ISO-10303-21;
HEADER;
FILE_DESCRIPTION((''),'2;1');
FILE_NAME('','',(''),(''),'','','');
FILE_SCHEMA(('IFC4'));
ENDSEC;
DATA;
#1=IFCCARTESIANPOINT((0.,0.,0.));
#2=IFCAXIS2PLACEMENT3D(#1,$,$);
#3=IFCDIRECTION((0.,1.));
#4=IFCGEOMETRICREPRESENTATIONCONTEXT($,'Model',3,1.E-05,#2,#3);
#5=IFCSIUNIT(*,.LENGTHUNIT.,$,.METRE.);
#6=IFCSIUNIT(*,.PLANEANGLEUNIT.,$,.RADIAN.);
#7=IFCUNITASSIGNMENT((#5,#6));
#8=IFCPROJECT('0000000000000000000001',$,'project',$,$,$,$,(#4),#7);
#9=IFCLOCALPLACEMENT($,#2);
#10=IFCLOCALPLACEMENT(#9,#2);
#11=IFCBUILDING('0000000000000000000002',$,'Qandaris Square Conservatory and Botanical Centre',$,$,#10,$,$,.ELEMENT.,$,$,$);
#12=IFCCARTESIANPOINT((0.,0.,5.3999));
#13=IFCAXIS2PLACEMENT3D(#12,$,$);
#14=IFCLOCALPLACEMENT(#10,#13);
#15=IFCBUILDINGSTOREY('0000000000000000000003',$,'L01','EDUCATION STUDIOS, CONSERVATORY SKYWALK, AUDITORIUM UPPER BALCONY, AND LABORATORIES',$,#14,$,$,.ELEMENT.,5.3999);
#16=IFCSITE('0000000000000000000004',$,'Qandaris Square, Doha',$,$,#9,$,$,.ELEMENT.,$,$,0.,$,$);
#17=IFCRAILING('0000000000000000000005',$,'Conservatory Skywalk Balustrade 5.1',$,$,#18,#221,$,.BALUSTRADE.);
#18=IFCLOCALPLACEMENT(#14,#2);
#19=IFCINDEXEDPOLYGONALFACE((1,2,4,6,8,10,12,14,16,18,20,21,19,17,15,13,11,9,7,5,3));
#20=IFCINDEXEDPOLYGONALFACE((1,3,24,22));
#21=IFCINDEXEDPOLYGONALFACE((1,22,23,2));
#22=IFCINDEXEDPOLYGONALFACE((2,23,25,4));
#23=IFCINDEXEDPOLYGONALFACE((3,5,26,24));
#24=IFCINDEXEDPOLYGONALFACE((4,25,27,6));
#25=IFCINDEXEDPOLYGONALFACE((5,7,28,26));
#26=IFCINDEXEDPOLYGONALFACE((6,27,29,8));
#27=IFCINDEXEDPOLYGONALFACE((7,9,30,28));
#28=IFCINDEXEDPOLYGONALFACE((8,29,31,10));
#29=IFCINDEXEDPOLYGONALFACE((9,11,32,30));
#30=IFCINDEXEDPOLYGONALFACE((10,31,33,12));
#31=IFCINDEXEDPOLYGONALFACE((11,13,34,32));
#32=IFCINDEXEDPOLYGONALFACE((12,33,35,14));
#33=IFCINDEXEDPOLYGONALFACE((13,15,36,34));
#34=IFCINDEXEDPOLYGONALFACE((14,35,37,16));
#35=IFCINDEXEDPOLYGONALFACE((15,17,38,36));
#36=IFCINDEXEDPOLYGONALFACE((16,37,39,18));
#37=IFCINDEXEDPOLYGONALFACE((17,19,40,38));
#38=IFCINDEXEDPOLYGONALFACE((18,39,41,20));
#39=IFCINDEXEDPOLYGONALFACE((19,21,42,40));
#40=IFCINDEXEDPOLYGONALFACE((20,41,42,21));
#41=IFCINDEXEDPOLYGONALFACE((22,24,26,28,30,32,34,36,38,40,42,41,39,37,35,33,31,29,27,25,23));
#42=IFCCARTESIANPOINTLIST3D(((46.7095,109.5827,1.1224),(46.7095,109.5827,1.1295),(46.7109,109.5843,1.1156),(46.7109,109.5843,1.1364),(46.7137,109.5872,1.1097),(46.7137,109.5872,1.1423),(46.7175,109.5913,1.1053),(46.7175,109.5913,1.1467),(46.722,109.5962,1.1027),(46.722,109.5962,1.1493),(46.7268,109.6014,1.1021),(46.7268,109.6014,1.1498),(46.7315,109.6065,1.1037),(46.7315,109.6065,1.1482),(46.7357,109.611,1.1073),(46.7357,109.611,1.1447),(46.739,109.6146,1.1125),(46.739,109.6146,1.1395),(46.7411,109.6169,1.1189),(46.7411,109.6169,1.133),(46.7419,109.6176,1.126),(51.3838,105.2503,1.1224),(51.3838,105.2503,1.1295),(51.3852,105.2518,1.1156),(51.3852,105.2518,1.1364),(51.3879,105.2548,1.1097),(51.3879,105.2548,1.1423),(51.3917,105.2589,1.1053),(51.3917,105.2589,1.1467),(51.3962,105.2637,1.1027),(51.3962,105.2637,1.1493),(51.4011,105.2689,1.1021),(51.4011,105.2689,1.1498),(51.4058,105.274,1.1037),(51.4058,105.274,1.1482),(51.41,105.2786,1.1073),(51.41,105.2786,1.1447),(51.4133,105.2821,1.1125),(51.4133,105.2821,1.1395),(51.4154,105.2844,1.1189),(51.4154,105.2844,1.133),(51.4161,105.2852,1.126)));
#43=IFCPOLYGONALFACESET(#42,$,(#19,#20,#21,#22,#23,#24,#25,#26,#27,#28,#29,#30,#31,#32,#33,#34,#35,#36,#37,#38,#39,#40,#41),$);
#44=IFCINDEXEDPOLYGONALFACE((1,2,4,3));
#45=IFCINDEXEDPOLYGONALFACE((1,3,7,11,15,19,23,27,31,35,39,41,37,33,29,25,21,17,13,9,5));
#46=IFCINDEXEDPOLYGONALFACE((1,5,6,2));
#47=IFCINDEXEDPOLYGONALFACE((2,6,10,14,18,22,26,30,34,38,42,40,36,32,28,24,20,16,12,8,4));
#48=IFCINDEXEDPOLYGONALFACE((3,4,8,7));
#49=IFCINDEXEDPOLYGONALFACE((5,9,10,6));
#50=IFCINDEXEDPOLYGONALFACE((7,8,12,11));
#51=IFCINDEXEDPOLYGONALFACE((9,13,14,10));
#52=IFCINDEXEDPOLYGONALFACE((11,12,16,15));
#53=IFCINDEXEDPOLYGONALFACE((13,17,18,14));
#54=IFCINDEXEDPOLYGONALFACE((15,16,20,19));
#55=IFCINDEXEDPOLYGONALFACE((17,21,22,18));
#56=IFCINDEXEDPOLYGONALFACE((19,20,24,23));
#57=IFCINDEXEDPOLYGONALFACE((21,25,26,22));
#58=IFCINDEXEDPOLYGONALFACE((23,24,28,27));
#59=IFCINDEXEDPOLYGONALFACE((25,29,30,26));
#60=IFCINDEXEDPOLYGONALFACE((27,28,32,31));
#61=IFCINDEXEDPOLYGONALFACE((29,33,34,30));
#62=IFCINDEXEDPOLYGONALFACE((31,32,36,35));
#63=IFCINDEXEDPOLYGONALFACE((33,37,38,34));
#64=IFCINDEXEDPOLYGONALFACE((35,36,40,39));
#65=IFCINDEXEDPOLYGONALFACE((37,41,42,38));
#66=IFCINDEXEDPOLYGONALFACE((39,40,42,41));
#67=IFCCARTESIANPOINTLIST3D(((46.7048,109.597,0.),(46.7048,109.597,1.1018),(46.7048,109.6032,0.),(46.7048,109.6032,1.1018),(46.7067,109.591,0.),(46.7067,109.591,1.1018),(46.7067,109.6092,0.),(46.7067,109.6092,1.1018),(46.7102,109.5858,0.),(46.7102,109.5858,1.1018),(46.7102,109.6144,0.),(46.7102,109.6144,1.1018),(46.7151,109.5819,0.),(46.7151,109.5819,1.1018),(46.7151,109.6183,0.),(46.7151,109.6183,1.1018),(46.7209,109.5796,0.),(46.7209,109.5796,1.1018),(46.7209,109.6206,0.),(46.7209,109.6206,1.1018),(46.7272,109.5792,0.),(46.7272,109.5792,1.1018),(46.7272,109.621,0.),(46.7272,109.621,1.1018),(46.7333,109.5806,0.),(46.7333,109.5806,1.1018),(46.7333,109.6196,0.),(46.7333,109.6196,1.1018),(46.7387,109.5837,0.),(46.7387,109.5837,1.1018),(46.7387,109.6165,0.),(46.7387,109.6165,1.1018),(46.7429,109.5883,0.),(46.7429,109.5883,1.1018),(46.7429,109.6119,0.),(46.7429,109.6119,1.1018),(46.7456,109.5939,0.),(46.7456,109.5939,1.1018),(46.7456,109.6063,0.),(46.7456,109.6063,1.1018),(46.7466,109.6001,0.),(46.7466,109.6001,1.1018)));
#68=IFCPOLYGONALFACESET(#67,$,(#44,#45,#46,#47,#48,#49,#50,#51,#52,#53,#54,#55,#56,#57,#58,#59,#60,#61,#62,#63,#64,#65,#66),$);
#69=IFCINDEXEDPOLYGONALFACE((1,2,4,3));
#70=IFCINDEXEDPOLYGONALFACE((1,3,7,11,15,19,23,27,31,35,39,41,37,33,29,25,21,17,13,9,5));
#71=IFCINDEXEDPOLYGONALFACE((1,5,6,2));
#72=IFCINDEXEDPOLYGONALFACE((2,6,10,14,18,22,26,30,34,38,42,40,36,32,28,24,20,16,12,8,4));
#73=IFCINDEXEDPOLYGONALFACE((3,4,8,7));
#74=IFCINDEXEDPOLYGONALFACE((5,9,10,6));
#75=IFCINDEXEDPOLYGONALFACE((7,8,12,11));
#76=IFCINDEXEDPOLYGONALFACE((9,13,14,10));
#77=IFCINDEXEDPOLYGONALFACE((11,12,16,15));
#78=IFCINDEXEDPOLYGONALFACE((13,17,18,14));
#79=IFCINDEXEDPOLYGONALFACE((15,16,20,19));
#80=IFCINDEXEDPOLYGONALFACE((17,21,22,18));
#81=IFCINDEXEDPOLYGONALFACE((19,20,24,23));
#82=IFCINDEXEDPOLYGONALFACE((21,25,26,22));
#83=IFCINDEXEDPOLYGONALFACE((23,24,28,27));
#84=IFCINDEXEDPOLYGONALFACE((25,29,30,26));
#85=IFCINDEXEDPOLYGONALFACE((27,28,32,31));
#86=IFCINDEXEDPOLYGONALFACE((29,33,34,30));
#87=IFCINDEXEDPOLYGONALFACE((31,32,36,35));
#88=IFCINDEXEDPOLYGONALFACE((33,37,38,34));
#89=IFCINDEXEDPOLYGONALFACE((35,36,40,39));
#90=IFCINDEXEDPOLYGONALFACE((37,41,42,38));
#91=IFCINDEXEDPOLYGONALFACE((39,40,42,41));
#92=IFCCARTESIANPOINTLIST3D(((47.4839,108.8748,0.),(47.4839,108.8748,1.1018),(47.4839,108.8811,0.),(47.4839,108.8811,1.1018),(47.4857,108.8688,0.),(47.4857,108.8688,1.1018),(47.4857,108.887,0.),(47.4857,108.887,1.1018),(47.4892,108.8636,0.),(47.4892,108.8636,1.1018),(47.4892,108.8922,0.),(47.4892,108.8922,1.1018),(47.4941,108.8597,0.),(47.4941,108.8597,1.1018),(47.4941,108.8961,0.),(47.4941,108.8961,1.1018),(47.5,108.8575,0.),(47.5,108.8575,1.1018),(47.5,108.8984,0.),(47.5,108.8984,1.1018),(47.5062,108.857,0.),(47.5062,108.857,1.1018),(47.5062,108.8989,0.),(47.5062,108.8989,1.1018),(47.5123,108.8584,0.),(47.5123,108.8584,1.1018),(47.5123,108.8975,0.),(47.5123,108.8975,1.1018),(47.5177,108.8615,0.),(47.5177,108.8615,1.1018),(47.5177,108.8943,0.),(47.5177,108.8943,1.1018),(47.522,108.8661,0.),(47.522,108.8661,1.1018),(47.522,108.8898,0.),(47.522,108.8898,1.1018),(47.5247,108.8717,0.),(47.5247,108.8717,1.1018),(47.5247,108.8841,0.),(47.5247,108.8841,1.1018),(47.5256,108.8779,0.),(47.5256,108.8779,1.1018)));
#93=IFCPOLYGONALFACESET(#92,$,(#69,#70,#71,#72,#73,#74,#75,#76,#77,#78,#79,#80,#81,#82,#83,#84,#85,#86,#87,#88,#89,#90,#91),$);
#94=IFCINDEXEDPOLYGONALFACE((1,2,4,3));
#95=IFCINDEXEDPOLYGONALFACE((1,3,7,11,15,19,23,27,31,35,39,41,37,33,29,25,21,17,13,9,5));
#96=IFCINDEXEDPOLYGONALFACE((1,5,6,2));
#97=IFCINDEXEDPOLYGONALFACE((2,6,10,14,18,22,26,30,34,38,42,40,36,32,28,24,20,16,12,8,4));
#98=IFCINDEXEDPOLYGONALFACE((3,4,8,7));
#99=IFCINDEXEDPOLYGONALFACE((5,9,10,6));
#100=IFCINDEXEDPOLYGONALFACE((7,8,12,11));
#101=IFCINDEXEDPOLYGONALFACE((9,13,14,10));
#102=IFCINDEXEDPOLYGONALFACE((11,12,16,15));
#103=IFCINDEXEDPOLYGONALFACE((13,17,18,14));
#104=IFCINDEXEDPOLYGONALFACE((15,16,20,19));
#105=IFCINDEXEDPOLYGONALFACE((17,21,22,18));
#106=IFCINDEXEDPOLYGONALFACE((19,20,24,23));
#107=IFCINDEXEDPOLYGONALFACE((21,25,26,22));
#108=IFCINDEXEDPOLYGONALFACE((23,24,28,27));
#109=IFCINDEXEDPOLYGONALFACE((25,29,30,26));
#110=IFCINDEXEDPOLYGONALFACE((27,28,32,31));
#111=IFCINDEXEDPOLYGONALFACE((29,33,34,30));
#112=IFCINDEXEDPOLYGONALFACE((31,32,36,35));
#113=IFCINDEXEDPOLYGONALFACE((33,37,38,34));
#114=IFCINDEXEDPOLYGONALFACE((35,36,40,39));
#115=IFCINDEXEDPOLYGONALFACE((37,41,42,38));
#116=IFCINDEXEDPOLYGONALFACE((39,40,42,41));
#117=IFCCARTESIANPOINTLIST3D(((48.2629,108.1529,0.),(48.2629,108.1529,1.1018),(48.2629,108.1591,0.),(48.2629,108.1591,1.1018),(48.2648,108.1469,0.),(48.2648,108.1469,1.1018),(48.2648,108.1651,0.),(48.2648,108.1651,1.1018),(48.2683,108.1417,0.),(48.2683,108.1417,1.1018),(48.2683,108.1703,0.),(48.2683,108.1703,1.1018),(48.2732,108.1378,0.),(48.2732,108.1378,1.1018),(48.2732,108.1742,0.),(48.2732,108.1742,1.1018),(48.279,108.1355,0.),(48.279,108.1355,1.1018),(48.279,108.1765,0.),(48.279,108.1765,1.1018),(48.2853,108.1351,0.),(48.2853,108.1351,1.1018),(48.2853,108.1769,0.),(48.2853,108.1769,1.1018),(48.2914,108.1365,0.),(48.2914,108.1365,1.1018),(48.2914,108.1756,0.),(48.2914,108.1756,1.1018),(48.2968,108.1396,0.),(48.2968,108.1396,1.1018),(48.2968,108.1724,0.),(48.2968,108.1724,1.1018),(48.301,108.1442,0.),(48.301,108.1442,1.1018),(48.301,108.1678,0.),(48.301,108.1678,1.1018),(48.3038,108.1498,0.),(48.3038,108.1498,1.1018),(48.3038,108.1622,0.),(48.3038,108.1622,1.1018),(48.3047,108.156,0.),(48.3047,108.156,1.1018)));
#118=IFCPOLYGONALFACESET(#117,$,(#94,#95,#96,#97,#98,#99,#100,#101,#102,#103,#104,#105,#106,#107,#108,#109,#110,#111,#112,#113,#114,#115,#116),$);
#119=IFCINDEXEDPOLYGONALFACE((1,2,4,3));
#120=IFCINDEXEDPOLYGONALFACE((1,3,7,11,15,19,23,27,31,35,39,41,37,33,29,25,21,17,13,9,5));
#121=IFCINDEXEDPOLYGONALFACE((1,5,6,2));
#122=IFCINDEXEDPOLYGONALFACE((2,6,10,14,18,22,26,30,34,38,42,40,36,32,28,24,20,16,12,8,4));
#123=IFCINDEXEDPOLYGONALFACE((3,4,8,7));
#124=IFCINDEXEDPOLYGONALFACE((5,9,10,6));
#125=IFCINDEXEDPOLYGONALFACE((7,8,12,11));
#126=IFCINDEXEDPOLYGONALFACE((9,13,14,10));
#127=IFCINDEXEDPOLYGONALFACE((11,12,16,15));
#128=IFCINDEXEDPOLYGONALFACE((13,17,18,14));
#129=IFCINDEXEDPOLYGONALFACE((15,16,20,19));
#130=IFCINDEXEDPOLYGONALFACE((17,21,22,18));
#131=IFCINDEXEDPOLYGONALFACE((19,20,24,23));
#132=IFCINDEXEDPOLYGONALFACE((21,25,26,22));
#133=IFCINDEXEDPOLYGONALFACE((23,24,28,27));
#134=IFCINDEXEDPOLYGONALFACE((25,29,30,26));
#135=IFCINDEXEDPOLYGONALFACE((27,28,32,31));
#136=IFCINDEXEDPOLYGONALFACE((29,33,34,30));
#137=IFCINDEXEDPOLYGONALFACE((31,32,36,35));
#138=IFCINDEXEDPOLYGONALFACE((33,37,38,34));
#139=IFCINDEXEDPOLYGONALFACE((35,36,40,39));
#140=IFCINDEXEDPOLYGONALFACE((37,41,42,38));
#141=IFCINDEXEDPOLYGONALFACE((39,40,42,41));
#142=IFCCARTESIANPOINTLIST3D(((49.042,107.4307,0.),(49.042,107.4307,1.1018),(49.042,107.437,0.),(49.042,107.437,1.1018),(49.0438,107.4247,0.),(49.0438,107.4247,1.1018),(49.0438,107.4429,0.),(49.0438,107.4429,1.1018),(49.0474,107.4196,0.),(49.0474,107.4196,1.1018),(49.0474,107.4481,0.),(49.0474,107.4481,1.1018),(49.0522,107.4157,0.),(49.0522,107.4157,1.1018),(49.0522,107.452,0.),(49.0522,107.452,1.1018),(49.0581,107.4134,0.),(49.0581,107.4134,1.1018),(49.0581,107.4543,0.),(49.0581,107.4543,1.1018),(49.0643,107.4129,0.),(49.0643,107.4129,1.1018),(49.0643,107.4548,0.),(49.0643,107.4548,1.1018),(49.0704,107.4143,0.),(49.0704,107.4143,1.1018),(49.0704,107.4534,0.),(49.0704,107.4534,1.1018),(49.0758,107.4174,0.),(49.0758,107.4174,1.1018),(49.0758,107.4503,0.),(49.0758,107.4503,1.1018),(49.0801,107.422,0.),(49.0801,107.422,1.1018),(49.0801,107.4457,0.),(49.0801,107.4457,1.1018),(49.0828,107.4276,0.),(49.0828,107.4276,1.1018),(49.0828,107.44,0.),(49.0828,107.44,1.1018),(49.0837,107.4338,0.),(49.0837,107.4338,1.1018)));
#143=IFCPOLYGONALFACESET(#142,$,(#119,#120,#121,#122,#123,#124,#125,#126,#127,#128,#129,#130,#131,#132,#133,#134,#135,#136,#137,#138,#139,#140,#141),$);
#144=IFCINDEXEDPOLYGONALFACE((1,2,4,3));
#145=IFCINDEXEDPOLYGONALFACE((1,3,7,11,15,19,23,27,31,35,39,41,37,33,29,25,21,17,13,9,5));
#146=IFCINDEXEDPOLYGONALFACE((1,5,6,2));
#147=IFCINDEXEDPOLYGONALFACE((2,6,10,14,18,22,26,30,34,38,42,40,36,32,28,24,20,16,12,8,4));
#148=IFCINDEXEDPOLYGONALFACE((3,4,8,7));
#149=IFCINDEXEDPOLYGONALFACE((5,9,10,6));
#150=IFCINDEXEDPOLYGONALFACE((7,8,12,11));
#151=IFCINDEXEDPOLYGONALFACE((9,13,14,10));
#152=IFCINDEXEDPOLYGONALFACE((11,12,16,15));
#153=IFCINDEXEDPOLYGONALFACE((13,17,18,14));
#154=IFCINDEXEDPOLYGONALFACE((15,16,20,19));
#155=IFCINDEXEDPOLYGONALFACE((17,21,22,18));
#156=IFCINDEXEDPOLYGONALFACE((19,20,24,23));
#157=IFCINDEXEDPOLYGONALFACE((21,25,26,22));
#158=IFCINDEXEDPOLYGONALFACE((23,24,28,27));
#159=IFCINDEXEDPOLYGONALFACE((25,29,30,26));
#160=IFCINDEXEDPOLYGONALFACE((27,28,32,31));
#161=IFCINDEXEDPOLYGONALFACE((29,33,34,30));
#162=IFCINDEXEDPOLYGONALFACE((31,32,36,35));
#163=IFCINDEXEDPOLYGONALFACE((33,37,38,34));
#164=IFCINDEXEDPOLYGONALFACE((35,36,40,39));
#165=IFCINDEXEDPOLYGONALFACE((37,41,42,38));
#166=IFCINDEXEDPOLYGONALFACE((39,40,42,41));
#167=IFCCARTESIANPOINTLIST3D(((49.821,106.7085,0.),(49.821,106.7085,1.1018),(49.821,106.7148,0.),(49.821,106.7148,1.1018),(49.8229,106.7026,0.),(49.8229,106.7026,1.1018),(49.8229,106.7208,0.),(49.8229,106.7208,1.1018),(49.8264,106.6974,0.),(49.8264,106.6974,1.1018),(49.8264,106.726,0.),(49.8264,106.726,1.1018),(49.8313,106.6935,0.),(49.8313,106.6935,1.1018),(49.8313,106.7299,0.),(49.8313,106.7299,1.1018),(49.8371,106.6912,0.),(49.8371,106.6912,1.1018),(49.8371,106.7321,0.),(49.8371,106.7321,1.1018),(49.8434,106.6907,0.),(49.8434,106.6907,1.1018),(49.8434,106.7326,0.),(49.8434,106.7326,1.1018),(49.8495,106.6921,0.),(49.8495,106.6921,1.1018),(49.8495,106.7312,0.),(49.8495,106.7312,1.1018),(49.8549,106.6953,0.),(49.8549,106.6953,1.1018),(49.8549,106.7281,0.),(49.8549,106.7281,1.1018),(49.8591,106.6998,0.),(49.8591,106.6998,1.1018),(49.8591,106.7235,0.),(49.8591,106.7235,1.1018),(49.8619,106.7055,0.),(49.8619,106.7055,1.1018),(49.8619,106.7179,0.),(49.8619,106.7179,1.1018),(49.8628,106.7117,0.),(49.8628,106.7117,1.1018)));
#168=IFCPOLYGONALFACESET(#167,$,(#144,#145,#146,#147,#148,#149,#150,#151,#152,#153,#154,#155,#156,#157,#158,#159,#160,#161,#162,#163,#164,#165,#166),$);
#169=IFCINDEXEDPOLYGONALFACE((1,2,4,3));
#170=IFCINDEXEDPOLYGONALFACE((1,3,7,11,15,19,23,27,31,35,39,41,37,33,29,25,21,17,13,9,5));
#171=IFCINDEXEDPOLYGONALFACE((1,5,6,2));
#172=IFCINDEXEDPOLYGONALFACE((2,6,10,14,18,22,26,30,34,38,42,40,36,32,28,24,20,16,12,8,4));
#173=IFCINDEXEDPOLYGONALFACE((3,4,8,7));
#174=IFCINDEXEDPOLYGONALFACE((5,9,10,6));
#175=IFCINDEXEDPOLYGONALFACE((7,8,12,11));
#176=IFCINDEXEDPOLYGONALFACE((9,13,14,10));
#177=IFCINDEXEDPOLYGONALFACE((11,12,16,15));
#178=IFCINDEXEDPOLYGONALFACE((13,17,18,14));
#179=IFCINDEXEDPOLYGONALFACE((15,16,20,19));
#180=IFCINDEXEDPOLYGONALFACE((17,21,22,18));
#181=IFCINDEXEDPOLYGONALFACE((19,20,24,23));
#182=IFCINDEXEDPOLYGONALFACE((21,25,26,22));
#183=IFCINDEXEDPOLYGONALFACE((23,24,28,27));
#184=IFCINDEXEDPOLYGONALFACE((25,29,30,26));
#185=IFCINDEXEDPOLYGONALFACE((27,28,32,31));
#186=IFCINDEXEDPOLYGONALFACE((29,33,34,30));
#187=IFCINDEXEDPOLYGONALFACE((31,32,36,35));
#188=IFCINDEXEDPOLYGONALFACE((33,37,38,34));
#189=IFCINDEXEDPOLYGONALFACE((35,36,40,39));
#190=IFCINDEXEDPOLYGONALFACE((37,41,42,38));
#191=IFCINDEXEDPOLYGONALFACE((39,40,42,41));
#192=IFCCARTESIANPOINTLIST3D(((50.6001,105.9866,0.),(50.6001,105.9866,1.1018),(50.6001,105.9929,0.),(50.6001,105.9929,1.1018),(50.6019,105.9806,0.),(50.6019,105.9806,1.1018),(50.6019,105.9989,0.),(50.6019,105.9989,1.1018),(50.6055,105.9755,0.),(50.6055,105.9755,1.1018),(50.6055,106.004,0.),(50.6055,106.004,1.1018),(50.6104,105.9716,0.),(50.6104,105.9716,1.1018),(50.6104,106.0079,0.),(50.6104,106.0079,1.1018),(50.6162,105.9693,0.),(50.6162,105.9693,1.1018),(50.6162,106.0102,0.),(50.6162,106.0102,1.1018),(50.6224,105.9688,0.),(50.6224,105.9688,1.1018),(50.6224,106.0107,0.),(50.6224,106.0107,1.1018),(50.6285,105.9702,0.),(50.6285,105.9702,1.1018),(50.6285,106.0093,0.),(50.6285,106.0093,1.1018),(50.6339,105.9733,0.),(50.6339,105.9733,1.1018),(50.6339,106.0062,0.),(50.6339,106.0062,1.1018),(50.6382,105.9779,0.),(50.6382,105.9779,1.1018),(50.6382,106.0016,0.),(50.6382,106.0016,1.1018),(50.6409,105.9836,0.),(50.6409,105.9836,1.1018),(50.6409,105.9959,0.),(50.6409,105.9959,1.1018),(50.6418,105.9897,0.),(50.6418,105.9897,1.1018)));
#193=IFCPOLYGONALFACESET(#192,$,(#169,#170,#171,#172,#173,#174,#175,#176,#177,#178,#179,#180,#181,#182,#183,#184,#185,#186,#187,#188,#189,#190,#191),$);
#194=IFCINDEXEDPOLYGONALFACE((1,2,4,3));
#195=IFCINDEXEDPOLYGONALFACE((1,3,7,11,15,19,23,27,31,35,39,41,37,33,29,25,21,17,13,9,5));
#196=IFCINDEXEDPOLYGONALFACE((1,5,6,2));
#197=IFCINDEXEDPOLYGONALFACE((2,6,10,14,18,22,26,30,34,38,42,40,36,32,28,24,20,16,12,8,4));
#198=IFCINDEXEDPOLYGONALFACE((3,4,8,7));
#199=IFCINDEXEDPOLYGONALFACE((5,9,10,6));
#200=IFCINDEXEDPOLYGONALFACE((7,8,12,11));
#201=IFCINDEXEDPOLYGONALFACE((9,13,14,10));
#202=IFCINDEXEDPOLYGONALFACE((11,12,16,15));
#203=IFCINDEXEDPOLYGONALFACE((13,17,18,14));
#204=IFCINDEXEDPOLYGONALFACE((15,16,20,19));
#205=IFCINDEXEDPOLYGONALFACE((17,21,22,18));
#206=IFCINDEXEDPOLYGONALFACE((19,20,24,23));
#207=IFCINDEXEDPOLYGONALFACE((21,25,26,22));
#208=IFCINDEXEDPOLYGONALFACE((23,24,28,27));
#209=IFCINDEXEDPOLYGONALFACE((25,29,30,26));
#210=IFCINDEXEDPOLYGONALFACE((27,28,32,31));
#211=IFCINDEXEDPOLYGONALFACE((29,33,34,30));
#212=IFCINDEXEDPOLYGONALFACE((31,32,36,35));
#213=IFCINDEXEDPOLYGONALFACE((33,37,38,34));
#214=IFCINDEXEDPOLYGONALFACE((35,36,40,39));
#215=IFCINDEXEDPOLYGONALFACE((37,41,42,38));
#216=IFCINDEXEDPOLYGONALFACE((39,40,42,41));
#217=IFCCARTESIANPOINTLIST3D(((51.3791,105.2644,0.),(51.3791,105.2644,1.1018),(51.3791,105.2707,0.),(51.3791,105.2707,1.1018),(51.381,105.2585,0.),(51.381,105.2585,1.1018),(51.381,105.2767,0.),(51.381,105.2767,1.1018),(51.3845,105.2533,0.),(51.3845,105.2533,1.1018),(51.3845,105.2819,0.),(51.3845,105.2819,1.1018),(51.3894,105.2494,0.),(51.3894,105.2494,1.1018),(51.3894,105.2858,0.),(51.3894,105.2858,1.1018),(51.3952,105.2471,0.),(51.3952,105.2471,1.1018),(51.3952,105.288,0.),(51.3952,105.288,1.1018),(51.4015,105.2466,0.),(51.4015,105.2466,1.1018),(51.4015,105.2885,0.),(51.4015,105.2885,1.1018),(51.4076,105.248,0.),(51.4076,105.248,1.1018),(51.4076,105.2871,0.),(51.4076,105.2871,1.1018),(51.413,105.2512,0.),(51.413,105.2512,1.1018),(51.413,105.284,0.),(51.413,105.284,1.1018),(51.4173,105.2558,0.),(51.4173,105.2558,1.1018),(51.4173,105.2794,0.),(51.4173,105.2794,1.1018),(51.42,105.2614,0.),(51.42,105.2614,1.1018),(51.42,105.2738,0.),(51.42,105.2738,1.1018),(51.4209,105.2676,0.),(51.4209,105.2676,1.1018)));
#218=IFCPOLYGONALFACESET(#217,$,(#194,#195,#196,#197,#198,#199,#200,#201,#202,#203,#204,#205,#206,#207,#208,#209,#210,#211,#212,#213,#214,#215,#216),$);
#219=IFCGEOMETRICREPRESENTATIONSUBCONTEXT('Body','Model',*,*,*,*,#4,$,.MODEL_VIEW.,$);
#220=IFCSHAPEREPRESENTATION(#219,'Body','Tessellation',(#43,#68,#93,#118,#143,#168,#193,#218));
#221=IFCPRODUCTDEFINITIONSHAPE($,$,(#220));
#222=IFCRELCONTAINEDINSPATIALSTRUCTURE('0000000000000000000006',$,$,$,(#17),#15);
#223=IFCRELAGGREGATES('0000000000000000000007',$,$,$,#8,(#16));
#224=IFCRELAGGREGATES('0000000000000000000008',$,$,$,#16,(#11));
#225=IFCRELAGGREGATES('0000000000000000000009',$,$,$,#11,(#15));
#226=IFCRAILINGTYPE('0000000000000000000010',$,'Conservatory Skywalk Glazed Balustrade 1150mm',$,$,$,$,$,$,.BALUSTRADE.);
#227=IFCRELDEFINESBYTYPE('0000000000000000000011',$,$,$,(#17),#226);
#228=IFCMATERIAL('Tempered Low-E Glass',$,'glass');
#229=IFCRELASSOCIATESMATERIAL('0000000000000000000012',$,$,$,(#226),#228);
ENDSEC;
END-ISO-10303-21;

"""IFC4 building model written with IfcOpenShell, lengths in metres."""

from ifc_helpers import new_model, si_unit, direction, frame, origin, origin_2d, place, context, subcontext, project, spatial, circle, extrude, material, type_object, element, save


model = new_model("IFC4")

# Units and contexts
model_context = context("Model", 3, precision=1e-05, world=origin(), true_north=direction((0.0, 1.0)))
body_context = subcontext(model_context, "Body", "Model", "MODEL_VIEW")
ifc_project = project(units=[si_unit("LENGTHUNIT", "METRE"), si_unit("PLANEANGLEUNIT", "RADIAN")], contexts=[model_context])

# Site, building, storey
site_placement = place(None, origin())
site = spatial("IfcSite", under=ifc_project, at=site_placement, Name="Qandaris Square, Doha", CompositionType="ELEMENT", RefElevation=0.0)
building_placement = place(site_placement, origin())
building = spatial("IfcBuilding", under=site, at=building_placement, Name="Qandaris Square Conservatory and Botanical Centre", CompositionType="ELEMENT")
storey_placement = place(building_placement, frame((0.0, 0.0, 5.3999)))
storey = spatial("IfcBuildingStorey", under=building, at=storey_placement, Name="L01", Description="EDUCATION STUDIOS, CONSERVATORY SKYWALK, AUDITORIUM UPPER BALCONY, AND LABORATORIES", CompositionType="ELEMENT", Elevation=5.3999)

# Shared definitions
ifc_material_1 = material(Name="Tempered Low-E Glass", Category="glass")

# Railing
railing_type = type_object("IfcRailingType", Name="Conservatory Skywalk Glazed Balustrade 1150mm", PredefinedType="BALUSTRADE", material=ifc_material_1)
railing_placement = place(storey_placement, frame((46.7256, 109.6001, 0.0)))
element("IfcRailing", 1, at=railing_placement, inside=storey, type_object=railing_type, Name="Conservatory Skywalk Balustrade 5.1", PredefinedType="BALUSTRADE", context=body_context, shape_type="SweptSolid", body=[
    extrude(circle(Radius=0.0239, at=origin_2d()), frame((0.0, 0.0, 1.126), z_axis=(0.733413, -0.679784, 0.0), x_axis=(0.679784, 0.733413, 0.0)), (0.0, 0.0, 1.0), 6.3733),
    extrude(circle(Radius=0.021, at=origin_2d()), origin(), (0.0, 0.0, 1.0), 1.1018),
    extrude(circle(Radius=0.021, at=origin_2d()), frame((0.7791, -0.7222, 0.0)), (0.0, 0.0, 1.0), 1.1018),
    extrude(circle(Radius=0.021, at=origin_2d()), frame((1.5581, -1.4441, 0.0)), (0.0, 0.0, 1.0), 1.1018),
    extrude(circle(Radius=0.021, at=origin_2d()), frame((2.3372, -2.1663, 0.0)), (0.0, 0.0, 1.0), 1.1018),
    extrude(circle(Radius=0.021, at=origin_2d()), frame((3.1162, -2.8884, 0.0)), (0.0, 0.0, 1.0), 1.1018),
    extrude(circle(Radius=0.021, at=origin_2d()), frame((3.8953, -3.6104, 0.0)), (0.0, 0.0, 1.0), 1.1018),
    extrude(circle(Radius=0.021, at=origin_2d()), frame((4.6743, -4.3325, 0.0)), (0.0, 0.0, 1.0), 1.1018),
])

save(model, "model.ifc")
